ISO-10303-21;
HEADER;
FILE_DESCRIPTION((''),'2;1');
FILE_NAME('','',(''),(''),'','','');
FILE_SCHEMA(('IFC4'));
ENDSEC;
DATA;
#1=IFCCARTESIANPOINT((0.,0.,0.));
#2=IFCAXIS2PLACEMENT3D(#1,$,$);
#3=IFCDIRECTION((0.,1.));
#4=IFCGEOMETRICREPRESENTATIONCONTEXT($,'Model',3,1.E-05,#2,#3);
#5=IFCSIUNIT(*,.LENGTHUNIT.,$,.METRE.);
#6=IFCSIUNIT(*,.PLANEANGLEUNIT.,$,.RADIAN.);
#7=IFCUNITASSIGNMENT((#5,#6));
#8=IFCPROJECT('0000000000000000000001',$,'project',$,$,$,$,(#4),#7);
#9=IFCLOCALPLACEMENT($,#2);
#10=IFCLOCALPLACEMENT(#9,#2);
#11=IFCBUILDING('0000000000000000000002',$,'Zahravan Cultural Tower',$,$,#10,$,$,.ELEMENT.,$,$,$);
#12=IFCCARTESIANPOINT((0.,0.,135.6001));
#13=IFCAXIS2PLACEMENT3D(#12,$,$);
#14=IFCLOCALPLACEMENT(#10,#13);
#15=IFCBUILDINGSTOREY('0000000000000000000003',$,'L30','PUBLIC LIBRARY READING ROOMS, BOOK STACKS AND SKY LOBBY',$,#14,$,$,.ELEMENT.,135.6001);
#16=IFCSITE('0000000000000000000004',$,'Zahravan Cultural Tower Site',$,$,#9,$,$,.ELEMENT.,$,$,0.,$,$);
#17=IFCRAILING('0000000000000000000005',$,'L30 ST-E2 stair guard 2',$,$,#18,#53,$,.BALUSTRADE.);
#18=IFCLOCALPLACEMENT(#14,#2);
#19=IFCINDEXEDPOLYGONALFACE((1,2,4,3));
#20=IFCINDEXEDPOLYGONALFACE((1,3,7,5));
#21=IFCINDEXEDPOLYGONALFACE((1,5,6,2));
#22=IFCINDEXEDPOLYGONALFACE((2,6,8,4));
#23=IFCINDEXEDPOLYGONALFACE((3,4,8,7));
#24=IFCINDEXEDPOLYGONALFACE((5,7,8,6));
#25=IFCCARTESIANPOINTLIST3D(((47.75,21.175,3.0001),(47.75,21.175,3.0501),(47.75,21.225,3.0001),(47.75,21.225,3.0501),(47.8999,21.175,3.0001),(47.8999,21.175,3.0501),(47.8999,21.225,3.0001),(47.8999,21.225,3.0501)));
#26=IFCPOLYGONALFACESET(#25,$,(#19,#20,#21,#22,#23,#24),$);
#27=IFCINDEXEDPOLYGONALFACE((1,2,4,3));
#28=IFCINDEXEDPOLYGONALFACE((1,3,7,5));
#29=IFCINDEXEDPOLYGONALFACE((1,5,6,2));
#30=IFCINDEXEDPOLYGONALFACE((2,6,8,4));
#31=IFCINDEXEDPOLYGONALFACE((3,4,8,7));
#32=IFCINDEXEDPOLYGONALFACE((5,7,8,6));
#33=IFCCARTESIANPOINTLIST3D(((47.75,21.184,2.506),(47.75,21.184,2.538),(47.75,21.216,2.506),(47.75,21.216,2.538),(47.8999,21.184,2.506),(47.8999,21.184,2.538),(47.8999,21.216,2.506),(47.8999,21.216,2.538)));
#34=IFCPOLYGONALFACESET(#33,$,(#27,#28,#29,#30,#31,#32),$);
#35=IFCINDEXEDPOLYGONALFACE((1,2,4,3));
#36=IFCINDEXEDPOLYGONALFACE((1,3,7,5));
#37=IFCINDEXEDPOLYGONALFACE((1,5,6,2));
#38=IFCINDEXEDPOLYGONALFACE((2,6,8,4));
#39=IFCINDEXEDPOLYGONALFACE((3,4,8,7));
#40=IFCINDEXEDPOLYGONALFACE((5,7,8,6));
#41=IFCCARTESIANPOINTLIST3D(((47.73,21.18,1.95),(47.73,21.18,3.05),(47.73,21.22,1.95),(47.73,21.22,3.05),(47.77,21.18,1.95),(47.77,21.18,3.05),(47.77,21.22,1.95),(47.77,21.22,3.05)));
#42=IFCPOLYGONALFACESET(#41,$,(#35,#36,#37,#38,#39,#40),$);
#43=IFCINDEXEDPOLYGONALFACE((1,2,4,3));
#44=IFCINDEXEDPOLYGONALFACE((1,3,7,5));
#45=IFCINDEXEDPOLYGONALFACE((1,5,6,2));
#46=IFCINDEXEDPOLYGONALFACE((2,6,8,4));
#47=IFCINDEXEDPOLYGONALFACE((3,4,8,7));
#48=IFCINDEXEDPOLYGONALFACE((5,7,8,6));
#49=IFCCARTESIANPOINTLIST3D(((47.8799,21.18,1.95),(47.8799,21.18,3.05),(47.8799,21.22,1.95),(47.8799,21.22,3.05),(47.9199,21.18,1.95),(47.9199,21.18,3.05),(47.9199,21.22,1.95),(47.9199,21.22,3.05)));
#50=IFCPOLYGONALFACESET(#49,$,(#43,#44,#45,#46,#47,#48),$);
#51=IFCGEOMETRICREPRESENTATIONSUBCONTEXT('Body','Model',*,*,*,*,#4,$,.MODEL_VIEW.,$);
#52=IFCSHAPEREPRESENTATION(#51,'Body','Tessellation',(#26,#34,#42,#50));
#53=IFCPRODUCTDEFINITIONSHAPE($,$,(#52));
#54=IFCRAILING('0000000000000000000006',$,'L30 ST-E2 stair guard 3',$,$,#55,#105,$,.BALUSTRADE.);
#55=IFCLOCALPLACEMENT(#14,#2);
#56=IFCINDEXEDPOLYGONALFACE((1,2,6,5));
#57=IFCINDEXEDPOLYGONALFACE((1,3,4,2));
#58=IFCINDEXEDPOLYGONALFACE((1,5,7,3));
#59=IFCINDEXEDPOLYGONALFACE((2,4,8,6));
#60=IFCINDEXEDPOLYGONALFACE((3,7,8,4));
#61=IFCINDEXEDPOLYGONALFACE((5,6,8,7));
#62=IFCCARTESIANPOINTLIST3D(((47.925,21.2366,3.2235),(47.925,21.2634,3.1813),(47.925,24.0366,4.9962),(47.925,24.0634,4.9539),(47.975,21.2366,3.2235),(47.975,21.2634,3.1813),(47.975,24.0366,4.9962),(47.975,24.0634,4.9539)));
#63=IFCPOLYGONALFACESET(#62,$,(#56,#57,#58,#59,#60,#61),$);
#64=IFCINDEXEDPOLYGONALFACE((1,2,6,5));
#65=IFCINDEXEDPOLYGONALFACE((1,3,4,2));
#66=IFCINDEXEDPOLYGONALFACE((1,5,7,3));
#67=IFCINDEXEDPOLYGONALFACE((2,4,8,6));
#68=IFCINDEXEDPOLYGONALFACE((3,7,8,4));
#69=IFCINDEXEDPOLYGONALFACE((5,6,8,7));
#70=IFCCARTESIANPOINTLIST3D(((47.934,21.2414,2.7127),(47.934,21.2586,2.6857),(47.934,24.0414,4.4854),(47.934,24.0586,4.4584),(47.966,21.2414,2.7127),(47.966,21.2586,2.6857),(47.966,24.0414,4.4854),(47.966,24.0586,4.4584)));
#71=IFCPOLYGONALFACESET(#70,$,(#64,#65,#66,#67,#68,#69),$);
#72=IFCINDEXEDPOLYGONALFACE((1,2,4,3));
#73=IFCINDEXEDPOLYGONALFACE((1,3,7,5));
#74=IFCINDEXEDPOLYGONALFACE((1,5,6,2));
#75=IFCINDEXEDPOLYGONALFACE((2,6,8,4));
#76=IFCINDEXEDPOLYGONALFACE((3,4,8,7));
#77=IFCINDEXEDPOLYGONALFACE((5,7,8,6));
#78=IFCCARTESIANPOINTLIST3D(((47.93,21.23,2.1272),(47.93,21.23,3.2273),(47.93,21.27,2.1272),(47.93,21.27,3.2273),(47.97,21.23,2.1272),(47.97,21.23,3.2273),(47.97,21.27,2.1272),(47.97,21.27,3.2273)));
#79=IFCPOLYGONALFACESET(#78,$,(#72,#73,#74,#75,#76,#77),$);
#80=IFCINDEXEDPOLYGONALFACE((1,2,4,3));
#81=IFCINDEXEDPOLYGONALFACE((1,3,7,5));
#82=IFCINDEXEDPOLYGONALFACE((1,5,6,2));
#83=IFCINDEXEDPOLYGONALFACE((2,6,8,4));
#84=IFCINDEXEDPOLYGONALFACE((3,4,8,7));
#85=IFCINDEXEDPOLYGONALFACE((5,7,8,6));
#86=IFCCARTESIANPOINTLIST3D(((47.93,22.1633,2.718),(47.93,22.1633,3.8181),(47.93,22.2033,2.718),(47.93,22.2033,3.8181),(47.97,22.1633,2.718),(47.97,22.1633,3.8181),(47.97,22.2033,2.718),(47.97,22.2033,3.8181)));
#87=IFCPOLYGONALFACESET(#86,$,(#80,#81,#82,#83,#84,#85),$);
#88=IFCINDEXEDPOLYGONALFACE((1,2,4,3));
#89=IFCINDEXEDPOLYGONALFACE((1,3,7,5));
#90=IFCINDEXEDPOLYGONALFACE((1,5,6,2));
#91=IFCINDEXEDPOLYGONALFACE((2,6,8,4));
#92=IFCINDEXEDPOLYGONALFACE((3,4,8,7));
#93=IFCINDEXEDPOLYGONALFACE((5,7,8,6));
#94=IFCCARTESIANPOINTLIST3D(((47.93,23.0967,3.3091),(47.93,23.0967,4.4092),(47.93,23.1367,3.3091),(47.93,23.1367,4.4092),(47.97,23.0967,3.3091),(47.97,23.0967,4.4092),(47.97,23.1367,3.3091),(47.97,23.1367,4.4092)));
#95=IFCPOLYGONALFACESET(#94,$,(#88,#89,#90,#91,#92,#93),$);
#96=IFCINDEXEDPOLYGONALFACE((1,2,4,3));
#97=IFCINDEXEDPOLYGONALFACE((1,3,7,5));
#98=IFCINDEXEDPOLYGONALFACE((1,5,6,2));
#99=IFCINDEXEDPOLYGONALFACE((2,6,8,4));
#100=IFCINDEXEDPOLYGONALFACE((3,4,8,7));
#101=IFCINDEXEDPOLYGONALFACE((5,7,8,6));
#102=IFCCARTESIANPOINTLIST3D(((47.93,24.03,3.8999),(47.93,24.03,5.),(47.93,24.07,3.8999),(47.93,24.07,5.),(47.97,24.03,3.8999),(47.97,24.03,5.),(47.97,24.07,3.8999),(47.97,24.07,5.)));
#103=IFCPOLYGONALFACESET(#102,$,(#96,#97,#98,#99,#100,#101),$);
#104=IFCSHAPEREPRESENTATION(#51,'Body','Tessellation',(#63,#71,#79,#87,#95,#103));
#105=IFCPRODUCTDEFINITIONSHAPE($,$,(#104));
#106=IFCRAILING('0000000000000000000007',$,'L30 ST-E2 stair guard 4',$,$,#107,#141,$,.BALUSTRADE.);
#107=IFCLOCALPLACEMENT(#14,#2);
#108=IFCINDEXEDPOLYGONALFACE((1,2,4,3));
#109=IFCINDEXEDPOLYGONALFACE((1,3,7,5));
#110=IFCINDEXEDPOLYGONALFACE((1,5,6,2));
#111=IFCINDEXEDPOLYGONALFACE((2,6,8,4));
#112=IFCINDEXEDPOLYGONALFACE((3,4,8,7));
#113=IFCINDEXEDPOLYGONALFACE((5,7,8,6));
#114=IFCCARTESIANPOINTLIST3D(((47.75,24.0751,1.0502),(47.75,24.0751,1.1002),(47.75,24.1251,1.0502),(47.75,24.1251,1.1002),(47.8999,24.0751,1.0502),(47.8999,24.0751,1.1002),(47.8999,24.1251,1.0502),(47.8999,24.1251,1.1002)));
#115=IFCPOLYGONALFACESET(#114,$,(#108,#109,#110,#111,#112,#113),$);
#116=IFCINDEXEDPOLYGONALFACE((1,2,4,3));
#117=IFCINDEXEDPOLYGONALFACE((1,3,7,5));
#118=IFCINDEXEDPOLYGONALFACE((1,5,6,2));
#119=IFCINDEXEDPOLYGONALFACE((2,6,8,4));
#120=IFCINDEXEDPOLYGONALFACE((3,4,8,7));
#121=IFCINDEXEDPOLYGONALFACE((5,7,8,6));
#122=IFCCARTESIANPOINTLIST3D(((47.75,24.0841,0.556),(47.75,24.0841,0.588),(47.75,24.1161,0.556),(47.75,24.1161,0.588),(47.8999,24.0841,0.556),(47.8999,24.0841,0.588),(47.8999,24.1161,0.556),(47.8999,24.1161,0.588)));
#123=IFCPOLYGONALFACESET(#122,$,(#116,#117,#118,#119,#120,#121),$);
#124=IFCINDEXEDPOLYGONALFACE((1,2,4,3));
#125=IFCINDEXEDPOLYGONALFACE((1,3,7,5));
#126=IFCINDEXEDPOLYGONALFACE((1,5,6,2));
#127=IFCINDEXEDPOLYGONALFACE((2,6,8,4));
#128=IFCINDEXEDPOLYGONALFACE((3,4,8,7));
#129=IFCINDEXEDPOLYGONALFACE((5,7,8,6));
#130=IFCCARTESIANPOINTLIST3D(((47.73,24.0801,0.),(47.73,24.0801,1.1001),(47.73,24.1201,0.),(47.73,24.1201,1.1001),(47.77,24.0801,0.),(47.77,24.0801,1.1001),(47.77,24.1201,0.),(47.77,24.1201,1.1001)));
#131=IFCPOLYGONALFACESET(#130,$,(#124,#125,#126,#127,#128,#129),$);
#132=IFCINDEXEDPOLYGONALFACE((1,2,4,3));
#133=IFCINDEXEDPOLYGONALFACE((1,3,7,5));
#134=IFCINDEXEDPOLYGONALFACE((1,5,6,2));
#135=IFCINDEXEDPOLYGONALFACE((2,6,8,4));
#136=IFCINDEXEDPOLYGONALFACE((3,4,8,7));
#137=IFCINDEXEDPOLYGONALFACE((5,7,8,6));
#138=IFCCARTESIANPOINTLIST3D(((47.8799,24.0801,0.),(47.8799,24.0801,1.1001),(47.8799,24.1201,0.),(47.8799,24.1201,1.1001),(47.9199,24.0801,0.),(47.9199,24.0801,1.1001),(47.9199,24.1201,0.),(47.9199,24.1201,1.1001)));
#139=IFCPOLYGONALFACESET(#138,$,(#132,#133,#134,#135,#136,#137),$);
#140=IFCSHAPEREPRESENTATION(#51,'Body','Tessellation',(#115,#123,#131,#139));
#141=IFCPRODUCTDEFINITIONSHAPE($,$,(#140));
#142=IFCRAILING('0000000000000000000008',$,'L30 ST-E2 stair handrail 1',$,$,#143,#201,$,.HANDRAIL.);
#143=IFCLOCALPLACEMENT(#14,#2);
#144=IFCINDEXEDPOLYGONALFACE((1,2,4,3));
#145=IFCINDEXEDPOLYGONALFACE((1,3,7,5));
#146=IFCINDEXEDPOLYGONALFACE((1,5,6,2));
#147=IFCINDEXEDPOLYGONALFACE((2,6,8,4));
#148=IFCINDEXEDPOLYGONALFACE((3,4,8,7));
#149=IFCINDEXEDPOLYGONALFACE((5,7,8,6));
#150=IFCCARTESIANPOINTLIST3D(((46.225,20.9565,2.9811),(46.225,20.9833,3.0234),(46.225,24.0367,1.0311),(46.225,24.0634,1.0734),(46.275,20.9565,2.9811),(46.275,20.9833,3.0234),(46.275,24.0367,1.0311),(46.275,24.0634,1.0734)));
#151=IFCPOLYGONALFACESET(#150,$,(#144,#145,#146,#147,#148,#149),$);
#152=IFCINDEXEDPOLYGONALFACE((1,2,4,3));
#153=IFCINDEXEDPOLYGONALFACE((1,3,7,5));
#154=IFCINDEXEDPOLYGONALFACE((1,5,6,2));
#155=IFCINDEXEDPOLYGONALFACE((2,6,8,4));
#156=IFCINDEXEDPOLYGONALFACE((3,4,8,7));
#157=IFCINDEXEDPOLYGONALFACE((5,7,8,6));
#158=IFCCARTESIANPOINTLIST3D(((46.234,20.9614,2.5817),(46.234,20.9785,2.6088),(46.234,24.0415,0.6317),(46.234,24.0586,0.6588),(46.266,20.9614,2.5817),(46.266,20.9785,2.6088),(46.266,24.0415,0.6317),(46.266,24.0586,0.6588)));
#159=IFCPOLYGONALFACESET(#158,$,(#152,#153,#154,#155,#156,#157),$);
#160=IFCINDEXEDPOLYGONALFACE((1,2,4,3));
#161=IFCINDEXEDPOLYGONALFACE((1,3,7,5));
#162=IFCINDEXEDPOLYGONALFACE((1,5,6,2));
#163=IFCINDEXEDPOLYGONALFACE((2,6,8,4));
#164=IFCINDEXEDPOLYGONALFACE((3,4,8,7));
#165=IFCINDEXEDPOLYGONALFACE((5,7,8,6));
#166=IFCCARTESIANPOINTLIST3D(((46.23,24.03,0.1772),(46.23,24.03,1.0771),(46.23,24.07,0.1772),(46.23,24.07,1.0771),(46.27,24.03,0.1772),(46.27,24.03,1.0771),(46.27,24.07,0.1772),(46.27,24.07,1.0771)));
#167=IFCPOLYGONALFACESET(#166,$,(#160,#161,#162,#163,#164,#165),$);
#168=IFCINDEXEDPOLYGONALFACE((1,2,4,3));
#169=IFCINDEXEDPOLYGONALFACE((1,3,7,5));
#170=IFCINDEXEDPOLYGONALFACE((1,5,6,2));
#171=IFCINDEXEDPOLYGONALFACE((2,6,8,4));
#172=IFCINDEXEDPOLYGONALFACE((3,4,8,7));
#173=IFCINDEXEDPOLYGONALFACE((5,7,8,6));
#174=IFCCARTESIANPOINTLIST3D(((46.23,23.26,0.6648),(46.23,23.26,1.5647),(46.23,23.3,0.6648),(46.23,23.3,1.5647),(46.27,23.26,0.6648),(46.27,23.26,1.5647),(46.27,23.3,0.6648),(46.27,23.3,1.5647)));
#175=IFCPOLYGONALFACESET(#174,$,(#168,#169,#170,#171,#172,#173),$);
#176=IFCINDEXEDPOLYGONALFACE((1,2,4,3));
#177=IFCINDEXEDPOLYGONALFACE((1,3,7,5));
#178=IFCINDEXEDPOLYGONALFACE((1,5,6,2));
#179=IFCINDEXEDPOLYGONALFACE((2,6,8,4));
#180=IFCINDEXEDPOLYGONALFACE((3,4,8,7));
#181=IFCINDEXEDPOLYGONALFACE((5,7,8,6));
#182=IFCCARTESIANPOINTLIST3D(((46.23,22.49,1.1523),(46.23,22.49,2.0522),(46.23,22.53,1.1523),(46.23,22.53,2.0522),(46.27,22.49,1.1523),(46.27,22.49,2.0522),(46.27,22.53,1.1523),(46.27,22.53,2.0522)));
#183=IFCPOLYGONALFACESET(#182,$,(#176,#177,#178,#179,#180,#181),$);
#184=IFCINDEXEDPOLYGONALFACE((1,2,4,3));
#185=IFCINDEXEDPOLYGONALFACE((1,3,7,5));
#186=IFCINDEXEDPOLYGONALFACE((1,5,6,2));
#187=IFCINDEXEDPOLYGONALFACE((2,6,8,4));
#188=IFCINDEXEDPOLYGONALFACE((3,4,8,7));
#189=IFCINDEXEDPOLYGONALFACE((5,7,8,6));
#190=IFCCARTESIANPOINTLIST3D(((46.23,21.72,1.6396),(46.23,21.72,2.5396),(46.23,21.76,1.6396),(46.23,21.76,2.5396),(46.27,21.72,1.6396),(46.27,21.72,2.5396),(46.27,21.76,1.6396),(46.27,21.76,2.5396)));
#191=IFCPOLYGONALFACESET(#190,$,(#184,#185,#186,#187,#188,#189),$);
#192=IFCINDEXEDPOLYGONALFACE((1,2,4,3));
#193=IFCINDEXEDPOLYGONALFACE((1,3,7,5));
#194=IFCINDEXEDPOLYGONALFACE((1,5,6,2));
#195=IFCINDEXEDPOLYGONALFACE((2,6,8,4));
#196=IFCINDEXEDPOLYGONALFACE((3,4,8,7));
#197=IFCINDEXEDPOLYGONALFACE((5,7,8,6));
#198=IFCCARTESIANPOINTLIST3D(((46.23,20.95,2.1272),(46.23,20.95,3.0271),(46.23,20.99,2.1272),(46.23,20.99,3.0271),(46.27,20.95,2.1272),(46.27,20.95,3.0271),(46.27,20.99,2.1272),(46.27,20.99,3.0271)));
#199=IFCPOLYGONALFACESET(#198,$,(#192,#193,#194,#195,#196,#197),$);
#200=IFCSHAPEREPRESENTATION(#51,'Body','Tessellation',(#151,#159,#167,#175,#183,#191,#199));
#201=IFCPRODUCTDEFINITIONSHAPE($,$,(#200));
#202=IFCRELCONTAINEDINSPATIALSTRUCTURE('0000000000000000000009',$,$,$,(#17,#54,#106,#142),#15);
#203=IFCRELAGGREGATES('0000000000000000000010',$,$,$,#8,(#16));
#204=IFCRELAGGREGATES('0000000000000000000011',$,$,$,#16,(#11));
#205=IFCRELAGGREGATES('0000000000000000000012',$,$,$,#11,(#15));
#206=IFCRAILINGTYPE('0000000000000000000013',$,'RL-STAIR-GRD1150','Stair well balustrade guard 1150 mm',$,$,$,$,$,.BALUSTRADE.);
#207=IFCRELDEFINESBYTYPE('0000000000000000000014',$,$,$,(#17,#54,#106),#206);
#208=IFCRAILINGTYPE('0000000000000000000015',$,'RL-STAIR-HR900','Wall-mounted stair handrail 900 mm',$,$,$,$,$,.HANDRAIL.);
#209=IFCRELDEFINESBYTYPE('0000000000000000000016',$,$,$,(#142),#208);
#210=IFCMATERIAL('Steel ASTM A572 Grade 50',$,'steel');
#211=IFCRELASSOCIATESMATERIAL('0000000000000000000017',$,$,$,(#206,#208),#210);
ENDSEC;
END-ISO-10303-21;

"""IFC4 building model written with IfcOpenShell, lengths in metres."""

from ifc_helpers import new_model, si_unit, direction, frame, origin, origin_2d, place, context, subcontext, project, spatial, rectangle, extrude, material, type_object, element, save


model = new_model("IFC4")

# Units and contexts
model_context = context("Model", 3, precision=1e-05, world=origin(), true_north=direction((0.0, 1.0)))
body_context = subcontext(model_context, "Body", "Model", "MODEL_VIEW")
ifc_project = project(units=[si_unit("LENGTHUNIT", "METRE"), si_unit("PLANEANGLEUNIT", "RADIAN")], contexts=[model_context])

# Site, building, storey
site_placement = place(None, origin())
site = spatial("IfcSite", under=ifc_project, at=site_placement, Name="Zahravan Cultural Tower Site", CompositionType="ELEMENT", RefElevation=0.0)
building_placement = place(site_placement, origin())
building = spatial("IfcBuilding", under=site, at=building_placement, Name="Zahravan Cultural Tower", CompositionType="ELEMENT")
storey_placement = place(building_placement, frame((0.0, 0.0, 135.6001)))
storey = spatial("IfcBuildingStorey", under=building, at=storey_placement, Name="L30", Description="PUBLIC LIBRARY READING ROOMS, BOOK STACKS AND SKY LOBBY", CompositionType="ELEMENT", Elevation=135.6001)

# Railings
ifc_material_1 = material(Name="Steel ASTM A572 Grade 50", Category="steel")
railing_type_1 = type_object("IfcRailingType", Name="RL-STAIR-GRD1150", Description="Stair well balustrade guard 1150 mm", PredefinedType="BALUSTRADE", material=ifc_material_1)
railing_1_placement = place(storey_placement, frame((47.75, 21.2, 1.95)))
element("IfcRailing", 1, at=railing_1_placement, inside=storey, type_object=railing_type_1, Name="L30 ST-E2 stair guard 2", PredefinedType="BALUSTRADE", context=body_context, shape_type="SweptSolid", body=[
    extrude(rectangle(XDim=0.05, YDim=0.05, at=origin_2d()), frame((0.0, 0.0, 1.0752), z_axis=(1.0, 0.0, 0.0), x_axis=(0.0, 1.0, 0.0)), (0.0, 0.0, 1.0), 0.1499),
    extrude(rectangle(XDim=0.032, YDim=0.032, at=origin_2d()), frame((0.0, 0.0, 0.572), z_axis=(1.0, 0.0, 0.0), x_axis=(0.0, 1.0, 0.0)), (0.0, 0.0, 1.0), 0.1499),
    extrude(rectangle(XDim=0.04, YDim=0.04, at=origin_2d()), origin(), (0.0, 0.0, 1.0), 1.1001),
    extrude(rectangle(XDim=0.04, YDim=0.04, at=origin_2d()), frame((0.1499, 0.0, 0.0)), (0.0, 0.0, 1.0), 1.1001),
])
railing_2_placement = place(storey_placement, frame((47.95, 21.25, 2.1272)))
element("IfcRailing", 2, at=railing_2_placement, inside=storey, type_object=railing_type_1, Name="L30 ST-E2 stair guard 3", PredefinedType="BALUSTRADE", context=body_context, shape_type="SweptSolid", body=[
    extrude(rectangle(XDim=0.05, YDim=0.05, at=origin_2d()), frame((0.0, 0.0, 1.0752), z_axis=(0.0, 0.844909, 0.53491), x_axis=(-1.0, 0.0, 0.0)), (0.0, 0.0, 1.0), 3.314),
    extrude(rectangle(XDim=0.032, YDim=0.032, at=origin_2d()), frame((0.0, 0.0, 0.572), z_axis=(0.0, 0.844909, 0.53491), x_axis=(-1.0, 0.0, 0.0)), (0.0, 0.0, 1.0), 3.314),
    extrude(rectangle(XDim=0.04, YDim=0.04, at=origin_2d()), origin(), (0.0, 0.0, 1.0), 1.1001),
    extrude(rectangle(XDim=0.04, YDim=0.04, at=origin_2d()), frame((0.0, 0.9333, 0.5908)), (0.0, 0.0, 1.0), 1.1001),
    extrude(rectangle(XDim=0.04, YDim=0.04, at=origin_2d()), frame((0.0, 1.8667, 1.1819)), (0.0, 0.0, 1.0), 1.1001),
    extrude(rectangle(XDim=0.04, YDim=0.04, at=origin_2d()), frame((0.0, 2.8, 1.7727)), (0.0, 0.0, 1.0), 1.1001),
])
railing_3_placement = place(storey_placement, frame((47.75, 24.1001, 0.0)))
element("IfcRailing", 3, at=railing_3_placement, inside=storey, type_object=railing_type_1, Name="L30 ST-E2 stair guard 4", PredefinedType="BALUSTRADE", context=body_context, shape_type="SweptSolid", body=[
    extrude(rectangle(XDim=0.05, YDim=0.05, at=origin_2d()), frame((0.0, 0.0, 1.0752), z_axis=(1.0, 0.0, 0.0), x_axis=(0.0, 1.0, 0.0)), (0.0, 0.0, 1.0), 0.1499),
    extrude(rectangle(XDim=0.032, YDim=0.032, at=origin_2d()), frame((0.0, 0.0, 0.572), z_axis=(1.0, 0.0, 0.0), x_axis=(0.0, 1.0, 0.0)), (0.0, 0.0, 1.0), 0.1499),
    extrude(rectangle(XDim=0.04, YDim=0.04, at=origin_2d()), origin(), (0.0, 0.0, 1.0), 1.1001),
    extrude(rectangle(XDim=0.04, YDim=0.04, at=origin_2d()), frame((0.1499, 0.0, 0.0)), (0.0, 0.0, 1.0), 1.1001),
])
railing_type_2 = type_object("IfcRailingType", Name="RL-STAIR-HR900", Description="Wall-mounted stair handrail 900 mm", PredefinedType="HANDRAIL", material=ifc_material_1)
railing_4_placement = place(storey_placement, frame((46.25, 24.05, 0.1772)))
element("IfcRailing", 4, at=railing_4_placement, inside=storey, type_object=railing_type_2, Name="L30 ST-E2 stair handrail 1", PredefinedType="HANDRAIL", context=body_context, shape_type="SweptSolid", body=[
    extrude(rectangle(XDim=0.05, YDim=0.05, at=origin_2d()), frame((0.0, 0.0, 0.875), z_axis=(0.0, -0.844914, 0.534902), x_axis=(1.0, 0.0, 0.0)), (0.0, 0.0, 1.0), 3.6455),
    extrude(rectangle(XDim=0.032, YDim=0.032, at=origin_2d()), frame((0.0, 0.0, 0.468), z_axis=(0.0, -0.844914, 0.534902), x_axis=(1.0, 0.0, 0.0)), (0.0, 0.0, 1.0), 3.6455),
    extrude(rectangle(XDim=0.04, YDim=0.04, at=origin_2d()), origin(), (0.0, 0.0, 1.0), 0.8999),
    extrude(rectangle(XDim=0.04, YDim=0.04, at=origin_2d()), frame((0.0, -0.77, 0.4875)), (0.0, 0.0, 1.0), 0.8999),
    extrude(rectangle(XDim=0.04, YDim=0.04, at=origin_2d()), frame((0.0, -1.54, 0.9751)), (0.0, 0.0, 1.0), 0.8999),
    extrude(rectangle(XDim=0.04, YDim=0.04, at=origin_2d()), frame((0.0, -2.3101, 1.4624)), (0.0, 0.0, 1.0), 0.8999),
    extrude(rectangle(XDim=0.04, YDim=0.04, at=origin_2d()), frame((0.0, -3.0801, 1.95)), (0.0, 0.0, 1.0), 0.8999),
])

save(model, "model.ifc")
